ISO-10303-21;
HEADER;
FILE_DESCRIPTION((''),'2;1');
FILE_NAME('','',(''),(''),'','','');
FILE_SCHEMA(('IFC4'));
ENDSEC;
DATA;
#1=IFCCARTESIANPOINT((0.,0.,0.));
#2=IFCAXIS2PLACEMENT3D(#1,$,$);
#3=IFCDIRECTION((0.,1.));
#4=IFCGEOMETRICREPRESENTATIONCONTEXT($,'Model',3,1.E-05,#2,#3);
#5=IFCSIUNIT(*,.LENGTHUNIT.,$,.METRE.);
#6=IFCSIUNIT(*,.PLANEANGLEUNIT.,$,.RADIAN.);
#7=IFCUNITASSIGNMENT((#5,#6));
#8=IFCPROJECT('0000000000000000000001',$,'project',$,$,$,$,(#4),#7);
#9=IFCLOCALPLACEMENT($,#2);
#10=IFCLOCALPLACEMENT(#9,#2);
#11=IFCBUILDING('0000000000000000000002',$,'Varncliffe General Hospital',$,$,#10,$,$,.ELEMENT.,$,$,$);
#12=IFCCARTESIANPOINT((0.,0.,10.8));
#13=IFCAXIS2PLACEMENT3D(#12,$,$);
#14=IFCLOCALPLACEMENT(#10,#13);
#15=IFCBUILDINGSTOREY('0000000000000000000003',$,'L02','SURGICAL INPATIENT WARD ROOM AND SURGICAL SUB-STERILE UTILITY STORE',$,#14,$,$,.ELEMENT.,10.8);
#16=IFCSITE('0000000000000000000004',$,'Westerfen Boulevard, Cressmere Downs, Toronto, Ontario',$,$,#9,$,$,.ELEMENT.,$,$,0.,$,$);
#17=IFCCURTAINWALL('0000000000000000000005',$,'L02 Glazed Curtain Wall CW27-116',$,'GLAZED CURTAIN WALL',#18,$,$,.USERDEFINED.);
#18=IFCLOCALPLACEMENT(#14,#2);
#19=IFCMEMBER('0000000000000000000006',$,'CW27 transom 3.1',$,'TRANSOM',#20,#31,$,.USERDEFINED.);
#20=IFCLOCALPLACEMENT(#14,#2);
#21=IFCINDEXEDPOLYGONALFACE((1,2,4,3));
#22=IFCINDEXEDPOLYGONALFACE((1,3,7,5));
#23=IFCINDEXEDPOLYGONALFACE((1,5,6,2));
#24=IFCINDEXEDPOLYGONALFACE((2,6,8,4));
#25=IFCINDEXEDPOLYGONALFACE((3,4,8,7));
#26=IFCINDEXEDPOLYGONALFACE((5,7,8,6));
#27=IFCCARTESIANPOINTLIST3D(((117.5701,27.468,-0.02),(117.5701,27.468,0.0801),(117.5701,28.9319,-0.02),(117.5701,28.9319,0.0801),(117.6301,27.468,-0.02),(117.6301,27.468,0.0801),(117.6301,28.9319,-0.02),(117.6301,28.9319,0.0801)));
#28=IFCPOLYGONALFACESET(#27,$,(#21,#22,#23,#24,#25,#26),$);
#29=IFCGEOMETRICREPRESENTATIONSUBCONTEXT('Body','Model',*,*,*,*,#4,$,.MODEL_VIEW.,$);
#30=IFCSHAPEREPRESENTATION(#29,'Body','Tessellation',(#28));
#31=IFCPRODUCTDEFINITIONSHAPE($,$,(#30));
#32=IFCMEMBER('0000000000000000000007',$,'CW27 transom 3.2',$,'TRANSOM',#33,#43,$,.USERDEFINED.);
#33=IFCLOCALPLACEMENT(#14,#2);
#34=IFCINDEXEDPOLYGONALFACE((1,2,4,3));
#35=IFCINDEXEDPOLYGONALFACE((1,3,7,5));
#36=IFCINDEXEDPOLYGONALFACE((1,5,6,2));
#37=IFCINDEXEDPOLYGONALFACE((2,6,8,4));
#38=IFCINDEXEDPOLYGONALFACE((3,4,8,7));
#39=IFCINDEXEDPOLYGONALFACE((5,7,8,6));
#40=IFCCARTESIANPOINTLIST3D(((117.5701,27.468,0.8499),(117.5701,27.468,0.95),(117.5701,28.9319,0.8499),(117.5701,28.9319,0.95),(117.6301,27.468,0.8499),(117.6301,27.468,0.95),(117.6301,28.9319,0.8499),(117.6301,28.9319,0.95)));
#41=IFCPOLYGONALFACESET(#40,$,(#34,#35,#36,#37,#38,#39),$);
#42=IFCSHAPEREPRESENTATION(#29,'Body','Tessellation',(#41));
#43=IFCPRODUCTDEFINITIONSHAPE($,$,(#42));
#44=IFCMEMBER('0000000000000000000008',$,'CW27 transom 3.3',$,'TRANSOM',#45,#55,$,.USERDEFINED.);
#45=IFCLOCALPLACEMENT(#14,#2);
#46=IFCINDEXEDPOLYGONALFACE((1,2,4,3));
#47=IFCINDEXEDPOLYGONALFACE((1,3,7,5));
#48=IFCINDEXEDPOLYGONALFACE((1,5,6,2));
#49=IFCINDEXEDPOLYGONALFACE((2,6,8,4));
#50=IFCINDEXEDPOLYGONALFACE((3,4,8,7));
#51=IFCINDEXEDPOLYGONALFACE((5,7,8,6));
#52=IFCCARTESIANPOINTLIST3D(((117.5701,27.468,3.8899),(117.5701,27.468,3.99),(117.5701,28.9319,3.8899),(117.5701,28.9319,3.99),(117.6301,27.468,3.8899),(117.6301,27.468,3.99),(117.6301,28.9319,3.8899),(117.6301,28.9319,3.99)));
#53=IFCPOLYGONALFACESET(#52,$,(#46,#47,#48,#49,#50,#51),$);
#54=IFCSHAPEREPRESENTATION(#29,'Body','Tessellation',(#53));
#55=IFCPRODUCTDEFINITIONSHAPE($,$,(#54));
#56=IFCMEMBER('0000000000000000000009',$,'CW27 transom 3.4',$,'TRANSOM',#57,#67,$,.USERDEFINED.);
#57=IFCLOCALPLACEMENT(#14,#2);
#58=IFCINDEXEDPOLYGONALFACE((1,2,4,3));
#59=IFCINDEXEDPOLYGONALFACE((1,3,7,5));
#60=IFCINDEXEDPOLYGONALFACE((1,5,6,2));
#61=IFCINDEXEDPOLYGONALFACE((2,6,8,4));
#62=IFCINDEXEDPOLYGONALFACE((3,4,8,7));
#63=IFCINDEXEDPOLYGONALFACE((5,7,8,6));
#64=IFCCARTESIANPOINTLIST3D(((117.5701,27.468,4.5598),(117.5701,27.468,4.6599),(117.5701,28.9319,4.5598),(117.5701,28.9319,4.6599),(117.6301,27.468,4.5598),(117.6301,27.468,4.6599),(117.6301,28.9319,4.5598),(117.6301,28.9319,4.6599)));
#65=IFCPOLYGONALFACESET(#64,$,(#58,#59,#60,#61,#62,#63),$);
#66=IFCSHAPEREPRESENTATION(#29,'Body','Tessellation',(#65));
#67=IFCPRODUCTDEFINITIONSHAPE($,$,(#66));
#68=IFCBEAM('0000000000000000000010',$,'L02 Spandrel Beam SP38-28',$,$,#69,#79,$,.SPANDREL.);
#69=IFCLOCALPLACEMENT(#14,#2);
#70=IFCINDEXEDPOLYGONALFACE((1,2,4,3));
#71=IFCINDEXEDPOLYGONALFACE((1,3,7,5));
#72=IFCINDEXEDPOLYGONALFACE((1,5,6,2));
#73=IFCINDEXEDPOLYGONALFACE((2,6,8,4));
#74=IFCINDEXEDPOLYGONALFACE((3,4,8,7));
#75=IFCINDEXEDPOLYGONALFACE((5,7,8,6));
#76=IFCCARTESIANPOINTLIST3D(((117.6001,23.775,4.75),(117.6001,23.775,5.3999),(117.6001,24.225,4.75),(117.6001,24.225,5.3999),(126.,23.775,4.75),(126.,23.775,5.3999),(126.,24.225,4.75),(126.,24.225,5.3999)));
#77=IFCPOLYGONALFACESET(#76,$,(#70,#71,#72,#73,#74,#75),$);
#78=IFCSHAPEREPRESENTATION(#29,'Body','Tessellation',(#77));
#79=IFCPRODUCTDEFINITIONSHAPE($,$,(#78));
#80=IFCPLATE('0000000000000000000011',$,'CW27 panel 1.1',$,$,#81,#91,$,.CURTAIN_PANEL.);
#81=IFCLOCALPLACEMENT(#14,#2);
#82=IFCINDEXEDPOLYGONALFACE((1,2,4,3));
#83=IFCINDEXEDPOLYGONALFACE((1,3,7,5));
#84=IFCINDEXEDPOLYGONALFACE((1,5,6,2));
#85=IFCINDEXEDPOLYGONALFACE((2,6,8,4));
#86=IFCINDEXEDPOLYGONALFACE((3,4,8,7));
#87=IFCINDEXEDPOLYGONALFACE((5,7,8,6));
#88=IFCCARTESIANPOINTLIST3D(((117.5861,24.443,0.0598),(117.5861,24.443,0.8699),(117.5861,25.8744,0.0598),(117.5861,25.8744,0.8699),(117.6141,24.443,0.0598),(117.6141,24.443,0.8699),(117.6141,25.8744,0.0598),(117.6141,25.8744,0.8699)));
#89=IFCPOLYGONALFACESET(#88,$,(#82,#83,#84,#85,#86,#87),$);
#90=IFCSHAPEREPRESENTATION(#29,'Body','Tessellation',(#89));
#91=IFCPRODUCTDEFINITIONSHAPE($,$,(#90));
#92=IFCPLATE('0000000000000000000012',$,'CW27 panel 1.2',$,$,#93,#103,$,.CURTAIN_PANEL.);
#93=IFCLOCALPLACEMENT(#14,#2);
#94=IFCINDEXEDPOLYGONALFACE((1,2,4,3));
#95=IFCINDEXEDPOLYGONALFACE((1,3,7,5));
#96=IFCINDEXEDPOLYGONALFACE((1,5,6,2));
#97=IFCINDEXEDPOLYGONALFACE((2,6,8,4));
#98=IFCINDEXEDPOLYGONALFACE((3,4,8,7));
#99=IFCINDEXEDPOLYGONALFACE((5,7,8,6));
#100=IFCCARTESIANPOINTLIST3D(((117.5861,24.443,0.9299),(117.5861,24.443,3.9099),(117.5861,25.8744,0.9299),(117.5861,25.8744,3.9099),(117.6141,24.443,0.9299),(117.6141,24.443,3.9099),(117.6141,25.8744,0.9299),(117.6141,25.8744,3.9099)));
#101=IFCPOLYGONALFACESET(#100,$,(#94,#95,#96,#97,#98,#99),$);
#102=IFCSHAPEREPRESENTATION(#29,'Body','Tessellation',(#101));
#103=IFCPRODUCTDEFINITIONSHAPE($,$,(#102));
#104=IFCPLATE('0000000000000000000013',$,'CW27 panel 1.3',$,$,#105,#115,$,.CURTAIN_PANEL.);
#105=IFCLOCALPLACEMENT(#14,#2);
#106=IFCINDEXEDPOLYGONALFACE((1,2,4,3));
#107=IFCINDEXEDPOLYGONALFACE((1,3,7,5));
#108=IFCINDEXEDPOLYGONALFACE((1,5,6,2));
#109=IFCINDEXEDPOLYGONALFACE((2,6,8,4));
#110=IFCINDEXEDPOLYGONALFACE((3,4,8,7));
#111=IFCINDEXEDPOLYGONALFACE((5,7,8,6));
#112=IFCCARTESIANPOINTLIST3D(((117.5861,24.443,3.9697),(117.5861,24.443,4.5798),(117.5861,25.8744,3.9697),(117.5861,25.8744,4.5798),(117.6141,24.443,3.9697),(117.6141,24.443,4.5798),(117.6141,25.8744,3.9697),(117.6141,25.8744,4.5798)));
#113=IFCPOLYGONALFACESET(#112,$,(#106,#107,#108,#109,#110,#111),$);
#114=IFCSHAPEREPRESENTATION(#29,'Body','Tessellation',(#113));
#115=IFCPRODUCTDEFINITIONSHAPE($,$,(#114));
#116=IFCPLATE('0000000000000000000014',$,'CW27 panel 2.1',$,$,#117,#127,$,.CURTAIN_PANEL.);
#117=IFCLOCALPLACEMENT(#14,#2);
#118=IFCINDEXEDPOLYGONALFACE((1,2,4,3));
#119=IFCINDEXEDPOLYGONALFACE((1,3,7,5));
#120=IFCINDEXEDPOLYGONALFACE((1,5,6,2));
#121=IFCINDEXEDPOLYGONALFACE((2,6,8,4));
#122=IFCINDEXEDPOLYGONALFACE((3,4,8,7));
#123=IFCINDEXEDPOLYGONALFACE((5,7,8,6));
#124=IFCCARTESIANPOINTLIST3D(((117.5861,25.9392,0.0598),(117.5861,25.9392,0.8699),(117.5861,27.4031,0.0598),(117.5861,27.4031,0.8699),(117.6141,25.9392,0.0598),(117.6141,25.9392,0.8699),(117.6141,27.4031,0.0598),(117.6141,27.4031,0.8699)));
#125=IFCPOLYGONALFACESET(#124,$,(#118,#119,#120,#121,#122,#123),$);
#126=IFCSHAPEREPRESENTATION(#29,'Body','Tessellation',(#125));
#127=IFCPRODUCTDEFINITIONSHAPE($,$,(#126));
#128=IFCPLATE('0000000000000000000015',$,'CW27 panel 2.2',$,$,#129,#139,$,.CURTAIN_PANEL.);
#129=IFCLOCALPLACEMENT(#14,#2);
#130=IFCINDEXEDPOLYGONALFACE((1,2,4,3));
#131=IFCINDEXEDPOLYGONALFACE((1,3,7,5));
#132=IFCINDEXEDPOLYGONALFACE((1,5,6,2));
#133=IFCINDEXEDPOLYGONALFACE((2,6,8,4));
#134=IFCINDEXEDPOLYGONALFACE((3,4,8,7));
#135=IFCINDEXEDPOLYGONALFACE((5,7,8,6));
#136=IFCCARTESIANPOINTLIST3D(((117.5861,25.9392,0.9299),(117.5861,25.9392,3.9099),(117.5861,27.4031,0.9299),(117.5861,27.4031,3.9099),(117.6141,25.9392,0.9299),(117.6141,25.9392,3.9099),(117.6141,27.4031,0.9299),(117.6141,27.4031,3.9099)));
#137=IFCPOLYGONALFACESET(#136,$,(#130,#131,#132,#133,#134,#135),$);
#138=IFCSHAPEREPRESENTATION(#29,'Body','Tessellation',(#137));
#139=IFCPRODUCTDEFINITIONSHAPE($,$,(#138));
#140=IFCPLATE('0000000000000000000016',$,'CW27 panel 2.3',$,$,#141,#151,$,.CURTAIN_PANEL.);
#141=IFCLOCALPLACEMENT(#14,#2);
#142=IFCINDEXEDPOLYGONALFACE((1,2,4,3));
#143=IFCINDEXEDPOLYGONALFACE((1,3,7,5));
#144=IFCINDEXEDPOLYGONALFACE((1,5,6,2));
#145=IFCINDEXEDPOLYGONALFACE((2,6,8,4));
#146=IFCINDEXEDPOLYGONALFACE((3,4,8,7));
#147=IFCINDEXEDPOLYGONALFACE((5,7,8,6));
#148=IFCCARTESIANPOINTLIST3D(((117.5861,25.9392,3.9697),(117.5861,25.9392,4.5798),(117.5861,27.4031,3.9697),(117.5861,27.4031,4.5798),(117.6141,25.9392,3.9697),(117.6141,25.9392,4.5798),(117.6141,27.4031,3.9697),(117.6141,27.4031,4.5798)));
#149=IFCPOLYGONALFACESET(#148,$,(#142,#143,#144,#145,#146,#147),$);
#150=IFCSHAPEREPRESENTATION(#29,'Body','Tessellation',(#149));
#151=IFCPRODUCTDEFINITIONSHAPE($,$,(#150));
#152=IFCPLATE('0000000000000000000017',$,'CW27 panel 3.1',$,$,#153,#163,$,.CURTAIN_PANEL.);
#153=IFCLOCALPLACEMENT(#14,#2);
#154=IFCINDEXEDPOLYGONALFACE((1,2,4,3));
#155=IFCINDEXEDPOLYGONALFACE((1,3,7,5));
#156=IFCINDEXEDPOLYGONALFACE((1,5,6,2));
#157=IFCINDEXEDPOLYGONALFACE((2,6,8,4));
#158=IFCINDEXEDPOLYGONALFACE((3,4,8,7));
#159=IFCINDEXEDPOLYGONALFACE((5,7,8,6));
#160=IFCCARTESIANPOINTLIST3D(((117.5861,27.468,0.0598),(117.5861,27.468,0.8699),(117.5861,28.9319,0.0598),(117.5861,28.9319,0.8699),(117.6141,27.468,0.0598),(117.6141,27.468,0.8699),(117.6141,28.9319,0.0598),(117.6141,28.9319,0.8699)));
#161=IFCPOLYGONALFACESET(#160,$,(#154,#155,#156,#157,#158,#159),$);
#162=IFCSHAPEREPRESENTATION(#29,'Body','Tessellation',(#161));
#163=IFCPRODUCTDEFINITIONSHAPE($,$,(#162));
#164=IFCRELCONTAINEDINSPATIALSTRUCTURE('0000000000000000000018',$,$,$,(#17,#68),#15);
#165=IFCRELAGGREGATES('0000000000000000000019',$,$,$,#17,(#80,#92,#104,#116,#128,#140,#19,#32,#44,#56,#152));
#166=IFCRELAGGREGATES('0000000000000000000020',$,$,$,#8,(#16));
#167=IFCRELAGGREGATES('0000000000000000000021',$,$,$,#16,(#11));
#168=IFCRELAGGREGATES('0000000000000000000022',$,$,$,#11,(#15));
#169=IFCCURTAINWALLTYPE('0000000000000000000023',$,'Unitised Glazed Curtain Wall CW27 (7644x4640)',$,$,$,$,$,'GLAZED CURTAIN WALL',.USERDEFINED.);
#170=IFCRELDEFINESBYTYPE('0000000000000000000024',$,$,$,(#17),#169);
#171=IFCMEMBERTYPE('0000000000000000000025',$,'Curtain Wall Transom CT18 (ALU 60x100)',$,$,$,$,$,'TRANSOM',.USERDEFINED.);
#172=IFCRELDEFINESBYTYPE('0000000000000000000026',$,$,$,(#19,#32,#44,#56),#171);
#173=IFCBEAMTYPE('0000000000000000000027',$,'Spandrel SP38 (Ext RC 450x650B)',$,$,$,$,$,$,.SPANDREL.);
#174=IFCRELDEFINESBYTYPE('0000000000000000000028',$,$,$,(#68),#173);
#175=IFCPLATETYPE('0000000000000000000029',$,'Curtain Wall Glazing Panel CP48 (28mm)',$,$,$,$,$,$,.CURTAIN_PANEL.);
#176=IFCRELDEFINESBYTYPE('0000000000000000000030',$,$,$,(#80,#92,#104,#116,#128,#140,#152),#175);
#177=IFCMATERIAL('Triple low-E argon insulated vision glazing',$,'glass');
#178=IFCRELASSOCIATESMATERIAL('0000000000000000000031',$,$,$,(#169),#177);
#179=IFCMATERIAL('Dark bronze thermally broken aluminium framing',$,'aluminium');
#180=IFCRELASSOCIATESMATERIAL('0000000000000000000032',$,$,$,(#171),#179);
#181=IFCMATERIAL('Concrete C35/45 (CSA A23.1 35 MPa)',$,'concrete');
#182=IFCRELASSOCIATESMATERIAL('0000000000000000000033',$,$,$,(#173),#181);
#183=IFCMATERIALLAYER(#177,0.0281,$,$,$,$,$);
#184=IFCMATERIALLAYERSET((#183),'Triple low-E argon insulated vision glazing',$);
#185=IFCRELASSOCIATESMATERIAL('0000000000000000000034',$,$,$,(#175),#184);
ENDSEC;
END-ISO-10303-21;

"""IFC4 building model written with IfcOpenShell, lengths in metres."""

from ifc_helpers import new_model, si_unit, direction, frame, origin, origin_2d, place, context, subcontext, project, spatial, rectangle, extrude, material, layer, layer_set, material_profile, profile_set, type_object, element, aggregate, save


model = new_model("IFC4")

# Units and contexts
model_context = context("Model", 3, precision=1e-05, world=origin(), true_north=direction((0.0, 1.0)))
body_context = subcontext(model_context, "Body", "Model", "MODEL_VIEW")
ifc_project = project(units=[si_unit("LENGTHUNIT", "METRE"), si_unit("PLANEANGLEUNIT", "RADIAN")], contexts=[model_context])

# Site, building, storey
site_placement = place(None, origin())
site = spatial("IfcSite", under=ifc_project, at=site_placement, Name="Westerfen Boulevard, Cressmere Downs, Toronto, Ontario", CompositionType="ELEMENT", RefElevation=0.0)
building_placement = place(site_placement, origin())
building = spatial("IfcBuilding", under=site, at=building_placement, Name="Varncliffe General Hospital", CompositionType="ELEMENT")
storey_placement = place(building_placement, frame((0.0, 0.0, 10.8)))
storey = spatial("IfcBuildingStorey", under=building, at=storey_placement, Name="L02", Description="SURGICAL INPATIENT WARD ROOM AND SURGICAL SUB-STERILE UTILITY STORE", CompositionType="ELEMENT", Elevation=10.8)

# Shared definitions
ifc_material_1 = material(Name="Concrete C35/45 (CSA A23.1 35 MPa)", Category="concrete")

# Curtain wall, members
ifc_material_2 = material(Name="Triple low-E argon insulated vision glazing", Category="glass")
curtain_wall_type = type_object("IfcCurtainWallType", Name="Unitised Glazed Curtain Wall CW27 (7644x4640)", ElementType="GLAZED CURTAIN WALL", PredefinedType="USERDEFINED", material=ifc_material_2)
curtain_wall_placement = place(storey_placement, origin())
curtain_wall = element("IfcCurtainWall", 1, at=curtain_wall_placement, inside=storey, type_object=curtain_wall_type, Name="L02 Glazed Curtain Wall CW27-116", ObjectType="GLAZED CURTAIN WALL", PredefinedType="USERDEFINED")
ifc_material_3 = material(Name="Dark bronze thermally broken aluminium framing", Category="aluminium")
ifc_material_profile_1 = material_profile(ifc_material_3, rectangle(XDim=0.0601, YDim=0.1001, at=origin_2d()), Name="ALU 60x100")
ifc_profile_set_1 = profile_set([ifc_material_profile_1], Name="Dark bronze thermally broken aluminium framing")
member_type_1 = type_object("IfcMemberType", Name="Curtain Wall Transom CT18 (ALU 60x100)", ElementType="TRANSOM", PredefinedType="USERDEFINED", material=ifc_profile_set_1)
member_1_placement = place(storey_placement, frame((117.6001, 27.468, 0.03), z_axis=(0.0, 1.0, 0.0), x_axis=(-1.0, 0.0, 0.0)))
member_1 = element("IfcMember", 2, at=member_1_placement, type_object=member_type_1, Name="CW27 transom 3.1", ObjectType="TRANSOM", PredefinedType="USERDEFINED", context=body_context, shape_type="SweptSolid", body=[
    extrude(rectangle(XDim=0.0601, YDim=0.1001, at=origin_2d()), origin(), (0.0, 0.0, 1.0), 1.4639),
])
member_2_placement = place(storey_placement, frame((117.6001, 27.468, 0.8999), z_axis=(0.0, 1.0, 0.0), x_axis=(-1.0, 0.0, 0.0)))
member_2 = element("IfcMember", 3, at=member_2_placement, type_object=member_type_1, Name="CW27 transom 3.2", ObjectType="TRANSOM", PredefinedType="USERDEFINED", context=body_context, shape_type="SweptSolid", body=[
    extrude(rectangle(XDim=0.0601, YDim=0.1001, at=origin_2d()), origin(), (0.0, 0.0, 1.0), 1.4639),
])
member_3_placement = place(storey_placement, frame((117.6001, 27.468, 3.9399), z_axis=(0.0, 1.0, 0.0), x_axis=(-1.0, 0.0, 0.0)))
member_3 = element("IfcMember", 4, at=member_3_placement, type_object=member_type_1, Name="CW27 transom 3.3", ObjectType="TRANSOM", PredefinedType="USERDEFINED", context=body_context, shape_type="SweptSolid", body=[
    extrude(rectangle(XDim=0.0601, YDim=0.1001, at=origin_2d()), origin(), (0.0, 0.0, 1.0), 1.4639),
])
member_4_placement = place(storey_placement, frame((117.6001, 27.468, 4.6099), z_axis=(0.0, 1.0, 0.0), x_axis=(-1.0, 0.0, 0.0)))
member_4 = element("IfcMember", 5, at=member_4_placement, type_object=member_type_1, Name="CW27 transom 3.4", ObjectType="TRANSOM", PredefinedType="USERDEFINED", context=body_context, shape_type="SweptSolid", body=[
    extrude(rectangle(XDim=0.0601, YDim=0.1001, at=origin_2d()), origin(), (0.0, 0.0, 1.0), 1.4639),
])

# Beam
ifc_material_profile_2 = material_profile(ifc_material_1, rectangle(XDim=0.45, YDim=0.6499, at=origin_2d()), Name="RC 450x650")
ifc_profile_set_2 = profile_set([ifc_material_profile_2], Name="Concrete C35/45 (CSA A23.1 35 MPa)")
beam_type_1 = type_object("IfcBeamType", Name="Spandrel SP38 (Ext RC 450x650B)", PredefinedType="SPANDREL", material=ifc_profile_set_2)
beam_1_placement = place(storey_placement, frame((117.6001, 24.0, 5.075), z_axis=(1.0, 0.0, 0.0), x_axis=(0.0, 1.0, 0.0)))
element("IfcBeam", 6, at=beam_1_placement, inside=storey, type_object=beam_type_1, Name="L02 Spandrel Beam SP38-28", PredefinedType="SPANDREL", context=body_context, shape_type="SweptSolid", body=[
    extrude(rectangle(XDim=0.45, YDim=0.6499, at=origin_2d()), origin(), (0.0, 0.0, 1.0), 8.3999),
])

# Plates
ifc_layer = layer(ifc_material_2, 0.0281)
ifc_layer_set = layer_set([ifc_layer], Name="Triple low-E argon insulated vision glazing")
plate_type = type_object("IfcPlateType", Name="Curtain Wall Glazing Panel CP48 (28mm)", PredefinedType="CURTAIN_PANEL", material=ifc_layer_set)
plate_1_placement = place(storey_placement, frame((117.6001, 25.1587, 0.0598), z_axis=(0.0, 0.0, 1.0), x_axis=(0.0, 1.0, 0.0)))
plate_1 = element("IfcPlate", 7, at=plate_1_placement, type_object=plate_type, Name="CW27 panel 1.1", PredefinedType="CURTAIN_PANEL", context=body_context, shape_type="SweptSolid", body=[
    extrude(rectangle(XDim=1.4314, YDim=0.0281, at=origin_2d()), origin(), (0.0, 0.0, 1.0), 0.8101),
])
plate_2_placement = place(storey_placement, frame((117.6001, 25.1587, 0.9299), z_axis=(0.0, 0.0, 1.0), x_axis=(0.0, 1.0, 0.0)))
plate_2 = element("IfcPlate", 8, at=plate_2_placement, type_object=plate_type, Name="CW27 panel 1.2", PredefinedType="CURTAIN_PANEL", context=body_context, shape_type="SweptSolid", body=[
    extrude(rectangle(XDim=1.4314, YDim=0.0281, at=origin_2d()), origin(), (0.0, 0.0, 1.0), 2.98),
])
plate_3_placement = place(storey_placement, frame((117.6001, 25.1587, 3.9697), z_axis=(0.0, 0.0, 1.0), x_axis=(0.0, 1.0, 0.0)))
plate_3 = element("IfcPlate", 9, at=plate_3_placement, type_object=plate_type, Name="CW27 panel 1.3", PredefinedType="CURTAIN_PANEL", context=body_context, shape_type="SweptSolid", body=[
    extrude(rectangle(XDim=1.4314, YDim=0.0281, at=origin_2d()), origin(), (0.0, 0.0, 1.0), 0.6101),
])
plate_4_placement = place(storey_placement, frame((117.6001, 26.6711, 0.0598), z_axis=(0.0, 0.0, 1.0), x_axis=(0.0, 1.0, 0.0)))
plate_4 = element("IfcPlate", 10, at=plate_4_placement, type_object=plate_type, Name="CW27 panel 2.1", PredefinedType="CURTAIN_PANEL", context=body_context, shape_type="SweptSolid", body=[
    extrude(rectangle(XDim=1.4639, YDim=0.0281, at=origin_2d()), origin(), (0.0, 0.0, 1.0), 0.8101),
])
plate_5_placement = place(storey_placement, frame((117.6001, 26.6711, 0.9299), z_axis=(0.0, 0.0, 1.0), x_axis=(0.0, 1.0, 0.0)))
plate_5 = element("IfcPlate", 11, at=plate_5_placement, type_object=plate_type, Name="CW27 panel 2.2", PredefinedType="CURTAIN_PANEL", context=body_context, shape_type="SweptSolid", body=[
    extrude(rectangle(XDim=1.4639, YDim=0.0281, at=origin_2d()), origin(), (0.0, 0.0, 1.0), 2.98),
])
plate_6_placement = place(storey_placement, frame((117.6001, 26.6711, 3.9697), z_axis=(0.0, 0.0, 1.0), x_axis=(0.0, 1.0, 0.0)))
plate_6 = element("IfcPlate", 12, at=plate_6_placement, type_object=plate_type, Name="CW27 panel 2.3", PredefinedType="CURTAIN_PANEL", context=body_context, shape_type="SweptSolid", body=[
    extrude(rectangle(XDim=1.4639, YDim=0.0281, at=origin_2d()), origin(), (0.0, 0.0, 1.0), 0.6101),
])
plate_7_placement = place(storey_placement, frame((117.6001, 28.2, 0.0598), z_axis=(0.0, 0.0, 1.0), x_axis=(0.0, 1.0, 0.0)))
plate_7 = element("IfcPlate", 13, at=plate_7_placement, type_object=plate_type, Name="CW27 panel 3.1", PredefinedType="CURTAIN_PANEL", context=body_context, shape_type="SweptSolid", body=[
    extrude(rectangle(XDim=1.4639, YDim=0.0281, at=origin_2d()), origin(), (0.0, 0.0, 1.0), 0.8101),
])
aggregate(curtain_wall, [plate_1, plate_2, plate_3, plate_4, plate_5, plate_6, member_1, member_2, member_3, member_4, plate_7])

save(model, "model.ifc")
